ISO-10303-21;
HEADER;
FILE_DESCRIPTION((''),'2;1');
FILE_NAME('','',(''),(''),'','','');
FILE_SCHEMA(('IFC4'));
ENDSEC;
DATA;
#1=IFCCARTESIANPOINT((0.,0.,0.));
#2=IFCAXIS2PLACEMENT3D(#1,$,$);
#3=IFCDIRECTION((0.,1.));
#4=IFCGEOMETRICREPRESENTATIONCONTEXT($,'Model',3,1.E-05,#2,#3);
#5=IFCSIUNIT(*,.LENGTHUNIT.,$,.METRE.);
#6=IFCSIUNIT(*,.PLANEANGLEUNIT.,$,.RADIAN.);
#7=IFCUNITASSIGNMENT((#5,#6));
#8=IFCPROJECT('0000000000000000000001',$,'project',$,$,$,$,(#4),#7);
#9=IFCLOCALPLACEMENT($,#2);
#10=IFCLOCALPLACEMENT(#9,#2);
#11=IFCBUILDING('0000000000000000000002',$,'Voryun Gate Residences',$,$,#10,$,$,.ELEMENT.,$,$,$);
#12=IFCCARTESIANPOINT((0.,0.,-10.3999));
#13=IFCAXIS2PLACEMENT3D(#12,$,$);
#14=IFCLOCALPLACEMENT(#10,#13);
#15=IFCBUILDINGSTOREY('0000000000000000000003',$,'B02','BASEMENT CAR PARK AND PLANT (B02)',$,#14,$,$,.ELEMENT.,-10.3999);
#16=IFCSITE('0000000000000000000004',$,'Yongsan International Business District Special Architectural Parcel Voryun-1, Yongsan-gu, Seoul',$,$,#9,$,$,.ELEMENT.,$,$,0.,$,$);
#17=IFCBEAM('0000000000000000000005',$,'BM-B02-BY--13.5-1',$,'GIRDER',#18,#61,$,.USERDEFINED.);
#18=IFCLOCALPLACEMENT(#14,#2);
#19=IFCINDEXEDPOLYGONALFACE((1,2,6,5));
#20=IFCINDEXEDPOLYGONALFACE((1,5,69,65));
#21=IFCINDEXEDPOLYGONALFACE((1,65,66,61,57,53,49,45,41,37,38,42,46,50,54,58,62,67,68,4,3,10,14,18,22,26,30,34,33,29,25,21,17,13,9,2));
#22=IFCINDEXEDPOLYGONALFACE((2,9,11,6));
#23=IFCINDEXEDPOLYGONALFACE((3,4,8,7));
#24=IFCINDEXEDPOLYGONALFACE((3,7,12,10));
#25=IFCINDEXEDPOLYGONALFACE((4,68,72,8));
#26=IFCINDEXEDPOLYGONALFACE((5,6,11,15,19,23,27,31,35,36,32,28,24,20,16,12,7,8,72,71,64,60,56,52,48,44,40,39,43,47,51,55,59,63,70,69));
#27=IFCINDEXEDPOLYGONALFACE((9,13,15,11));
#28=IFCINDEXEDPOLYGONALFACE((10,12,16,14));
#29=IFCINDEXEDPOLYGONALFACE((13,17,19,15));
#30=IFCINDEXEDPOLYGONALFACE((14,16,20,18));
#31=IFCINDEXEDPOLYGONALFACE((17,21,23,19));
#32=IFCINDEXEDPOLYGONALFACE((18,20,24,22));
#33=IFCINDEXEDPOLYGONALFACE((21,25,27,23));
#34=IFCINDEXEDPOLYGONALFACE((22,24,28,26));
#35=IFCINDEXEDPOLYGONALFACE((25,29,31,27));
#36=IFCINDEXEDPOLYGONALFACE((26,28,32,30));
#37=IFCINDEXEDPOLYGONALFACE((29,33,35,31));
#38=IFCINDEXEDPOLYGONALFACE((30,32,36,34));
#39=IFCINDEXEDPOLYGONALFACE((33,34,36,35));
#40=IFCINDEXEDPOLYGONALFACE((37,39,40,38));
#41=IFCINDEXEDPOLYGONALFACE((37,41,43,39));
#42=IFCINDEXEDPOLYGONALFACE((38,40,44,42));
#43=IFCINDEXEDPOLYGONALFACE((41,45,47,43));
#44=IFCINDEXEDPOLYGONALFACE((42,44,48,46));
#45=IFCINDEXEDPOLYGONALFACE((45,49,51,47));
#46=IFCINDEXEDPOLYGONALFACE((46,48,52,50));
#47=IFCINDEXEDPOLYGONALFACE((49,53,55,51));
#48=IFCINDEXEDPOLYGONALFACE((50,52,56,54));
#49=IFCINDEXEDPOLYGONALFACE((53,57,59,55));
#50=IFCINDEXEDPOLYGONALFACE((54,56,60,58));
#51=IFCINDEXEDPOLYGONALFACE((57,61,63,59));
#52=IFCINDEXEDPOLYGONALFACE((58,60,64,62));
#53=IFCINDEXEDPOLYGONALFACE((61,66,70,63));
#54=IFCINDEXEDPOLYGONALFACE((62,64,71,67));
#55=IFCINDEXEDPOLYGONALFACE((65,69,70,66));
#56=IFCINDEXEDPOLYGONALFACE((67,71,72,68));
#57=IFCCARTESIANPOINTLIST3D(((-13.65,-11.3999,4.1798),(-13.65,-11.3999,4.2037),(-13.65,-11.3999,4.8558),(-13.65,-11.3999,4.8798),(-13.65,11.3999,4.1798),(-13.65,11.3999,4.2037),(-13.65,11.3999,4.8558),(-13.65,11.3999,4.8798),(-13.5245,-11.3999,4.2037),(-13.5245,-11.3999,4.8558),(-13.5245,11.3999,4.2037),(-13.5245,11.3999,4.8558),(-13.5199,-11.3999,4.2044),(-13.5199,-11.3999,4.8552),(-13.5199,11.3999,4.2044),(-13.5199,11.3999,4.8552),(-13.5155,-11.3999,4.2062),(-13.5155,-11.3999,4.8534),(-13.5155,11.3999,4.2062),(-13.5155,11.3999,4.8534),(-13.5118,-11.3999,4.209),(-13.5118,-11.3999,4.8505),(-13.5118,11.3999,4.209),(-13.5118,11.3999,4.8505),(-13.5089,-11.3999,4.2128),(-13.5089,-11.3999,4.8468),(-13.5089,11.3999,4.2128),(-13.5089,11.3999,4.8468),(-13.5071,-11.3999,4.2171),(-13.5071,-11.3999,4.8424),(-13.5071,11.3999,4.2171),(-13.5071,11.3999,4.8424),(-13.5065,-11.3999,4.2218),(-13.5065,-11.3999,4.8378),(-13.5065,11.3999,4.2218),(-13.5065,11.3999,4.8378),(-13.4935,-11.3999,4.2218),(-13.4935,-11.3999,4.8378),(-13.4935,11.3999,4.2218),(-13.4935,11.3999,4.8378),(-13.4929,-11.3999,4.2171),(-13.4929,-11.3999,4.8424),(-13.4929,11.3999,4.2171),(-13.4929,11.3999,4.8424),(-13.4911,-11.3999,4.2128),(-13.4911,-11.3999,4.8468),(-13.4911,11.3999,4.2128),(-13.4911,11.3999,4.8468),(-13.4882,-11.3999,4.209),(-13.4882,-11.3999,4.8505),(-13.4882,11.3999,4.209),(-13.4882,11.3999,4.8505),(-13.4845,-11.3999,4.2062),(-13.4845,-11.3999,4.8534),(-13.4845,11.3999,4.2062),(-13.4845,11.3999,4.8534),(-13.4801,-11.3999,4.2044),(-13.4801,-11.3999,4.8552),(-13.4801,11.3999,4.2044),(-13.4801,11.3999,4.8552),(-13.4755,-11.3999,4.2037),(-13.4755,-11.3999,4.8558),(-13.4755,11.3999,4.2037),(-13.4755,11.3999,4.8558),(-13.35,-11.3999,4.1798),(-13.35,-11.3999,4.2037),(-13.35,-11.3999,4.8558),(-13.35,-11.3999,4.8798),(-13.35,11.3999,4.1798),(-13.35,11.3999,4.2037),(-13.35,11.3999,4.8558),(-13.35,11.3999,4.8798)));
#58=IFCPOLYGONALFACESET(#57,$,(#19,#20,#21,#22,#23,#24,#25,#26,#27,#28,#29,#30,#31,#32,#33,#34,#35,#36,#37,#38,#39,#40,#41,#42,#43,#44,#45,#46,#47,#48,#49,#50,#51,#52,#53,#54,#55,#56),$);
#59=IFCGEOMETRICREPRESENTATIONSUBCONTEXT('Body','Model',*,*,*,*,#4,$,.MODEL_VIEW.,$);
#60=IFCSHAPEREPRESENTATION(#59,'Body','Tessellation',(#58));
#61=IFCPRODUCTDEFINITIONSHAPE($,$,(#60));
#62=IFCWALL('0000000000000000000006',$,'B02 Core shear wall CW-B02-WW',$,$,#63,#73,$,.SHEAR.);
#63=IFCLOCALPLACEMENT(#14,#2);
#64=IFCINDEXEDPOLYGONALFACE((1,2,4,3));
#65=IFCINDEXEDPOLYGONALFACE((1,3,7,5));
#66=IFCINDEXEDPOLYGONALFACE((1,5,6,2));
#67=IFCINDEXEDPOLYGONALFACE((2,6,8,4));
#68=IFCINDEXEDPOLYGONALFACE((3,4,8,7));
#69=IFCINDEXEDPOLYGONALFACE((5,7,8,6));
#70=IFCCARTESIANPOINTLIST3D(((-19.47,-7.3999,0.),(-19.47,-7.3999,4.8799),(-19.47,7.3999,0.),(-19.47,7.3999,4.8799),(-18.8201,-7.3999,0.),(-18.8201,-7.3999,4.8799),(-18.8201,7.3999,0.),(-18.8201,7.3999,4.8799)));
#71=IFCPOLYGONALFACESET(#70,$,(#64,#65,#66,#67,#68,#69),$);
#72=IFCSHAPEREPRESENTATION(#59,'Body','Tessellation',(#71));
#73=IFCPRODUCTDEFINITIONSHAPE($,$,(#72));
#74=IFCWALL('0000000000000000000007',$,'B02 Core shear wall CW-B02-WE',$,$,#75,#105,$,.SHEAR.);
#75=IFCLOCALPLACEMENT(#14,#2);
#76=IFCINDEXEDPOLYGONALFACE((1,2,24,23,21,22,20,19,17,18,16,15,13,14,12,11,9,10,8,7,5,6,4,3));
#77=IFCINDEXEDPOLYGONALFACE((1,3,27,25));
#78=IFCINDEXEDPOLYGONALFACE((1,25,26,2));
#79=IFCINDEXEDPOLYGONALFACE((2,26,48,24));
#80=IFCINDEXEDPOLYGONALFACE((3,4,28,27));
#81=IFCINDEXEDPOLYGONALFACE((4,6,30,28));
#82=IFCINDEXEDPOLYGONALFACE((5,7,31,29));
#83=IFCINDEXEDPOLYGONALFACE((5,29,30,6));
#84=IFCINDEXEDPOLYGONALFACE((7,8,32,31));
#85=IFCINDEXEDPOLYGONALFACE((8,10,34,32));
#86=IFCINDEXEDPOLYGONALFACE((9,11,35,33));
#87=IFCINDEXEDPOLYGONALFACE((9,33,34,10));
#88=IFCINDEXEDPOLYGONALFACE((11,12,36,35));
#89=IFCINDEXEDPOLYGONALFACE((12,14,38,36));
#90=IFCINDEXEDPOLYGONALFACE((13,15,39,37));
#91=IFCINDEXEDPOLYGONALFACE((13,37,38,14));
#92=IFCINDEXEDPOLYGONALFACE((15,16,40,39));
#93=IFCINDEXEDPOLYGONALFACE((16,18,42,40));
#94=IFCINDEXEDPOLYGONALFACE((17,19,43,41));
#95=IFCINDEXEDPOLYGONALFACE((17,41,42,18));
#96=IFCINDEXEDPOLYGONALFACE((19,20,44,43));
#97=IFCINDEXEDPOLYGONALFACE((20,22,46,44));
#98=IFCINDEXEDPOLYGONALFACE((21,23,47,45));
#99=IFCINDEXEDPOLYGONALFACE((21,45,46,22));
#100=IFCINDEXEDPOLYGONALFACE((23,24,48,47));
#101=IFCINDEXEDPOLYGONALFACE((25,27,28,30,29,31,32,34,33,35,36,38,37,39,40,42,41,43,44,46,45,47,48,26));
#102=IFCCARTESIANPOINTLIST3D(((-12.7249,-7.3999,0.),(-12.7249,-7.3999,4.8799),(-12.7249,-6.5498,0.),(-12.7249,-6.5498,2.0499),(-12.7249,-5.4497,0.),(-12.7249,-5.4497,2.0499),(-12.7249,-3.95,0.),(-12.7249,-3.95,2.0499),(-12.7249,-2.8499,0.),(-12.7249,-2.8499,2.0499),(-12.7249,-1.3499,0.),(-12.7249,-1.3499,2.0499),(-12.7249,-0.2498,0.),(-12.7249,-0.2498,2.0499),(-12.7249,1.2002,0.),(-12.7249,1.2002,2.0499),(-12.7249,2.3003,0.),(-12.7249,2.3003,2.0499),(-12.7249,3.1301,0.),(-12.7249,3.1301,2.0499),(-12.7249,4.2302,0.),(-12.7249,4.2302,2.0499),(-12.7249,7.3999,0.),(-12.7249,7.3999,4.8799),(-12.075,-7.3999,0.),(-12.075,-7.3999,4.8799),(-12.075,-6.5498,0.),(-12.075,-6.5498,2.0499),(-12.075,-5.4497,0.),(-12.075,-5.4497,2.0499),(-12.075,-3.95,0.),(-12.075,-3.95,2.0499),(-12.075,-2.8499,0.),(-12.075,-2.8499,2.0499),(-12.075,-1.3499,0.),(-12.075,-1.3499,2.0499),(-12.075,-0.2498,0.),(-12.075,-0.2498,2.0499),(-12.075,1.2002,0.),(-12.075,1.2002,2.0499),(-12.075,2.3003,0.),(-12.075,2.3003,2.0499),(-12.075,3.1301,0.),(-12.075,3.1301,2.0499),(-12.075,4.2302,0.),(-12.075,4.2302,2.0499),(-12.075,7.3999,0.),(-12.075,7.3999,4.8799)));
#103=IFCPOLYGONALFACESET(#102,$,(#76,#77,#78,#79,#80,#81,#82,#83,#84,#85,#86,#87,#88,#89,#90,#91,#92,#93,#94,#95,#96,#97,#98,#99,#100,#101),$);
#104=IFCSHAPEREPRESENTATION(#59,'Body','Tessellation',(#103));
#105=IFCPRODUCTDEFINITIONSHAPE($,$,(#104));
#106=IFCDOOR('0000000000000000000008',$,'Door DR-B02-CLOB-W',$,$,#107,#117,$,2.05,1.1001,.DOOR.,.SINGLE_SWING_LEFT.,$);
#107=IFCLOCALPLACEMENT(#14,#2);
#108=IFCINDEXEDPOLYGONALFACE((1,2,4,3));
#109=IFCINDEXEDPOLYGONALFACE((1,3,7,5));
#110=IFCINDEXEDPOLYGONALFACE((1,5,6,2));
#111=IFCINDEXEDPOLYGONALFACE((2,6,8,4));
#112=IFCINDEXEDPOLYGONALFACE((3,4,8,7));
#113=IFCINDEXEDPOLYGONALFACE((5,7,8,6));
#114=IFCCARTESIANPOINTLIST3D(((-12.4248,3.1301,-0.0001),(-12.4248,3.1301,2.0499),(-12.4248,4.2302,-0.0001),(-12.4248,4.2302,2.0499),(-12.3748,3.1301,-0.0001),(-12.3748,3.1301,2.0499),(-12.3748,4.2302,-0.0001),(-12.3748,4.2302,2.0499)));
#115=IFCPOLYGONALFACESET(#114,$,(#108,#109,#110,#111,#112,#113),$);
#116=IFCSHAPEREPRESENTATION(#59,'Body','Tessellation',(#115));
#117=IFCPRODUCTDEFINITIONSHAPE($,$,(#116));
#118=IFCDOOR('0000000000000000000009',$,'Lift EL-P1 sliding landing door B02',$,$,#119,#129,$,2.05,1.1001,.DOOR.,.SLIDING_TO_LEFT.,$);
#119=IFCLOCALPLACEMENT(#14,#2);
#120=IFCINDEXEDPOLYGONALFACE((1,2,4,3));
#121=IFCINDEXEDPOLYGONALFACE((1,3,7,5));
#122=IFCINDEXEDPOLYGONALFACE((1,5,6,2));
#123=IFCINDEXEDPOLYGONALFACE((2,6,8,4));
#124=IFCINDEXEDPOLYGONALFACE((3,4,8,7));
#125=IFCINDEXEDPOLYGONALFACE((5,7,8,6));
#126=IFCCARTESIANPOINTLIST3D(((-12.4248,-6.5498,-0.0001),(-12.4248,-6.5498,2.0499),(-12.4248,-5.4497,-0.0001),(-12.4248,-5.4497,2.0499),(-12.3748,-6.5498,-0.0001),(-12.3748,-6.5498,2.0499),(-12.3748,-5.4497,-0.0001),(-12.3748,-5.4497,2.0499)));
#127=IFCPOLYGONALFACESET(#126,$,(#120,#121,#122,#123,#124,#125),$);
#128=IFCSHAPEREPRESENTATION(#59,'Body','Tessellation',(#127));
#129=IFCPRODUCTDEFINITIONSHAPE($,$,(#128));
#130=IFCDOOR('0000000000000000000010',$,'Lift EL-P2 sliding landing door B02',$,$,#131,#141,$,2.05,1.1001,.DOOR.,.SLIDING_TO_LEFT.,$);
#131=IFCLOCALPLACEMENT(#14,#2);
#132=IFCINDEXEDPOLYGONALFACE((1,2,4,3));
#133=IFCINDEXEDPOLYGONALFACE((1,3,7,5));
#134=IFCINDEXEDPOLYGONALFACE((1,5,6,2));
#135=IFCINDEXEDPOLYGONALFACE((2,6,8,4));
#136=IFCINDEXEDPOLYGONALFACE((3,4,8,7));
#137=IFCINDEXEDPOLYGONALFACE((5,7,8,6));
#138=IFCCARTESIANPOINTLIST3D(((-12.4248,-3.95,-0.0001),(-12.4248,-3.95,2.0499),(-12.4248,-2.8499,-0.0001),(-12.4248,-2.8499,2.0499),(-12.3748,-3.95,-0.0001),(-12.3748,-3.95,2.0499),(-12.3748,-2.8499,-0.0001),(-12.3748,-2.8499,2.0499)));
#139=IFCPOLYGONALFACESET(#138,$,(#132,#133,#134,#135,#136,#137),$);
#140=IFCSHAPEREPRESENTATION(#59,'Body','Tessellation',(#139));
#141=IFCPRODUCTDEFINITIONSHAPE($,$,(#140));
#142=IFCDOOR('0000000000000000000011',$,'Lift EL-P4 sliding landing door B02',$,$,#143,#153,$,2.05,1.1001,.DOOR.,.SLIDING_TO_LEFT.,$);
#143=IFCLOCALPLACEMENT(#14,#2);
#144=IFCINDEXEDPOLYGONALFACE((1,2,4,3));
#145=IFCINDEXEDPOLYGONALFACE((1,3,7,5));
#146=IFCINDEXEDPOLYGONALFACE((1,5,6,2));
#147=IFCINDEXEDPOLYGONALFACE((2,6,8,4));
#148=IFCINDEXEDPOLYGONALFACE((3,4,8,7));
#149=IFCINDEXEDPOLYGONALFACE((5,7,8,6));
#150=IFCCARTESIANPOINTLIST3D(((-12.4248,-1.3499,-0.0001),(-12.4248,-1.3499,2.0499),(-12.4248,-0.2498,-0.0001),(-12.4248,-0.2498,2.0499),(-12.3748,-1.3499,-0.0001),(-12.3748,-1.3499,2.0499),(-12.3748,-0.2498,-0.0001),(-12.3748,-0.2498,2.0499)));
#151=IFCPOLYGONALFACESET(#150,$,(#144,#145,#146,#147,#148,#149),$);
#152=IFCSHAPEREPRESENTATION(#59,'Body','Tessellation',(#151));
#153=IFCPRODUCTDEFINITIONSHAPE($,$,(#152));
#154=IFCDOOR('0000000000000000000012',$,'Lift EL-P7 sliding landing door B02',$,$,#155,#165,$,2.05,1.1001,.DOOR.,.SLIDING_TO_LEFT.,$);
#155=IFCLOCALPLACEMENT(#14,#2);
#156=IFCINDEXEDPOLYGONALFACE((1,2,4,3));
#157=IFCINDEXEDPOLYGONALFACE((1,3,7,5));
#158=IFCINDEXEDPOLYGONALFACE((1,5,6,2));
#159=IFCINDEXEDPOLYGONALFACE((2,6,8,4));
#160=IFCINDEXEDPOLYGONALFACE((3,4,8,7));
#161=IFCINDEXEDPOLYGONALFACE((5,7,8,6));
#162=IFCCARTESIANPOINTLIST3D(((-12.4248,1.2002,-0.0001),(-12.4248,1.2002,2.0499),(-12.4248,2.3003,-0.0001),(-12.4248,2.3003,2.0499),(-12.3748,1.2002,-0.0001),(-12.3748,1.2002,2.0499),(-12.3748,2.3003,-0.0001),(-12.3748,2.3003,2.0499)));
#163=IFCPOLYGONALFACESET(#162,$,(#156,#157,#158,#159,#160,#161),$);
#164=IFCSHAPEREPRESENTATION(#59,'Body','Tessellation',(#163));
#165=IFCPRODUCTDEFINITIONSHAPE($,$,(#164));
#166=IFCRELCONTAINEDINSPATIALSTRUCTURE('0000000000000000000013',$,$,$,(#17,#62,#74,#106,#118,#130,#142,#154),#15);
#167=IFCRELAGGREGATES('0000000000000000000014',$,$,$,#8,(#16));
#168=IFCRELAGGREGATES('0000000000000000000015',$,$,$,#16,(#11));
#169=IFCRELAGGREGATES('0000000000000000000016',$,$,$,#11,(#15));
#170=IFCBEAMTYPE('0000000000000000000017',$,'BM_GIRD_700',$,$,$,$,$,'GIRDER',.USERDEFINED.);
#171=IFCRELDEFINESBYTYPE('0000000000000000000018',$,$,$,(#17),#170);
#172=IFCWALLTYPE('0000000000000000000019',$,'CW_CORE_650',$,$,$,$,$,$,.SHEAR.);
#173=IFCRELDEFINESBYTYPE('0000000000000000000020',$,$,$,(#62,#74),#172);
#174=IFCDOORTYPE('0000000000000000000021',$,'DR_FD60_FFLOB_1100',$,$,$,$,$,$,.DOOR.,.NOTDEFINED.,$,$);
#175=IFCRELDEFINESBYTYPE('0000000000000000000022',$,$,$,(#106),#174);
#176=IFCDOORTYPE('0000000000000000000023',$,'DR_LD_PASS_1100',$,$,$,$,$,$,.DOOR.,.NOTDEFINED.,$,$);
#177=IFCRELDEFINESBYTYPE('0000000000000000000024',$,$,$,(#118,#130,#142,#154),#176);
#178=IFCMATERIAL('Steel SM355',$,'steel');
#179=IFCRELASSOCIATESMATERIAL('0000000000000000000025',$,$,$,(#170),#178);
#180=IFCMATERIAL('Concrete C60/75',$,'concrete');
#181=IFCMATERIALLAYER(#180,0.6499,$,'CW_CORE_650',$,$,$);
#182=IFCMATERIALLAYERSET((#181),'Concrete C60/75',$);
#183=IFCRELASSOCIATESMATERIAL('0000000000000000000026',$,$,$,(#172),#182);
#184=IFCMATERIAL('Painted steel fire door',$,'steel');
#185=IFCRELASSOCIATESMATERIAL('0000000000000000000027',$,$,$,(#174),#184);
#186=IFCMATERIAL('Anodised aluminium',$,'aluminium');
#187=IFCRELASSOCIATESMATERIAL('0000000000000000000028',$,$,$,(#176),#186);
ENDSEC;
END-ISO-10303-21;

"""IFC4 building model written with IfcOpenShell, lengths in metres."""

from ifc_helpers import new_model, si_unit, direction, frame, frame_2d, origin, origin_2d, place, context, subcontext, project, spatial, rectangle, i_section, extrude, material, layer, layer_set, material_profile, profile_set, type_object, element, fill, save


model = new_model("IFC4")

# Units and contexts
model_context = context("Model", 3, precision=1e-05, world=origin(), true_north=direction((0.0, 1.0)))
body_context = subcontext(model_context, "Body", "Model", "MODEL_VIEW")
ifc_project = project(units=[si_unit("LENGTHUNIT", "METRE"), si_unit("PLANEANGLEUNIT", "RADIAN")], contexts=[model_context])

# Site, building, storey
site_placement = place(None, origin())
site = spatial("IfcSite", under=ifc_project, at=site_placement, Name="Yongsan International Business District Special Architectural Parcel Voryun-1, Yongsan-gu, Seoul", CompositionType="ELEMENT", RefElevation=0.0)
building_placement = place(site_placement, origin())
building = spatial("IfcBuilding", under=site, at=building_placement, Name="Voryun Gate Residences", CompositionType="ELEMENT")
storey_placement = place(building_placement, frame((0.0, 0.0, -10.3999)))
storey = spatial("IfcBuildingStorey", under=building, at=storey_placement, Name="B02", Description="BASEMENT CAR PARK AND PLANT (B02)", CompositionType="ELEMENT", Elevation=-10.3999)

# Beam
ifc_material_1 = material(Name="Steel SM355", Category="steel")
ifc_material_profile_1 = material_profile(ifc_material_1, i_section(OverallWidth=0.3, OverallDepth=0.7, WebThickness=0.0129, FlangeThickness=0.0239, FilletRadius=0.0181, at=origin_2d()), Name="H-700x300x13x24")
ifc_profile_set_1 = profile_set([ifc_material_profile_1], Name="Steel SM355")
beam_type_1 = type_object("IfcBeamType", Name="BM_GIRD_700", ElementType="GIRDER", PredefinedType="USERDEFINED", material=ifc_profile_set_1)
beam_1_placement = place(storey_placement, frame((-13.5, -11.3999, 4.5298), z_axis=(0.0, 1.0, 0.0), x_axis=(-1.0, 0.0, 0.0)))
element("IfcBeam", 1, at=beam_1_placement, inside=storey, type_object=beam_type_1, Name="BM-B02-BY--13.5-1", ObjectType="GIRDER", PredefinedType="USERDEFINED", context=body_context, shape_type="SweptSolid", body=[
    extrude(i_section(OverallWidth=0.3, OverallDepth=0.7, WebThickness=0.0129, FlangeThickness=0.0239, FilletRadius=0.0181, at=origin_2d()), origin(), (0.0, 0.0, 1.0), 22.7998),
])

# Wall
ifc_material_2 = material(Name="Concrete C60/75", Category="concrete")
ifc_layer = layer(ifc_material_2, 0.6499, Name="CW_CORE_650")
ifc_layer_set = layer_set([ifc_layer], Name="Concrete C60/75")
wall_type = type_object("IfcWallType", Name="CW_CORE_650", PredefinedType="SHEAR", material=ifc_layer_set)
wall_1_placement = place(storey_placement, frame((-19.145, -7.3999, 0.0), z_axis=(0.0, 0.0, 1.0), x_axis=(0.0, 1.0, 0.0)))
element("IfcWall", 2, at=wall_1_placement, inside=storey, type_object=wall_type, Name="B02 Core shear wall CW-B02-WW", PredefinedType="SHEAR", context=body_context, shape_type="SweptSolid", body=[
    extrude(rectangle(XDim=14.7998, YDim=0.6499, at=frame_2d((7.3999, 0.0))), origin(), (0.0, 0.0, 1.0), 4.8799),
])

# Wall, openings, doors
wall_2_placement = place(storey_placement, frame((-12.3999, -7.3999, 0.0), z_axis=(0.0, 0.0, 1.0), x_axis=(0.0, 1.0, 0.0)))
wall_2 = element("IfcWall", 3, at=wall_2_placement, inside=storey, type_object=wall_type, Name="B02 Core shear wall CW-B02-WE", PredefinedType="SHEAR", context=body_context, shape_type="SweptSolid", body=[
    extrude(rectangle(XDim=14.7998, YDim=0.6499, at=frame_2d((7.3999, 0.0))), origin(), (0.0, 0.0, 1.0), 4.8799),
])
opening_1_placement = place(wall_2_placement, frame((0.8501, 0.0, 0.0)))
opening_1 = element("IfcOpeningElement", 4, at=opening_1_placement, cuts=wall_2, PredefinedType="OPENING", context=body_context, shape_type="SweptSolid", body=[
    extrude(rectangle(XDim=1.1001, YDim=2.05, at=frame_2d((0.55, 1.0249))), frame((0.0, 0.335, 0.0), z_axis=(0.0, -1.0, 0.0), x_axis=(1.0, 0.0, 0.0)), (0.0, 0.0, 1.0), 0.6699),
])
opening_2_placement = place(wall_2_placement, frame((3.45, 0.0, 0.0)))
opening_2 = element("IfcOpeningElement", 5, at=opening_2_placement, cuts=wall_2, PredefinedType="OPENING", context=body_context, shape_type="SweptSolid", body=[
    extrude(rectangle(XDim=1.1001, YDim=2.05, at=frame_2d((0.55, 1.0249))), frame((0.0, 0.335, 0.0), z_axis=(0.0, -1.0, 0.0), x_axis=(1.0, 0.0, 0.0)), (0.0, 0.0, 1.0), 0.6699),
])
opening_3_placement = place(wall_2_placement, frame((6.05, 0.0, 0.0)))
opening_3 = element("IfcOpeningElement", 6, at=opening_3_placement, cuts=wall_2, PredefinedType="OPENING", context=body_context, shape_type="SweptSolid", body=[
    extrude(rectangle(XDim=1.1001, YDim=2.05, at=frame_2d((0.55, 1.0249))), frame((0.0, 0.335, 0.0), z_axis=(0.0, -1.0, 0.0), x_axis=(1.0, 0.0, 0.0)), (0.0, 0.0, 1.0), 0.6699),
])
opening_4_placement = place(wall_2_placement, frame((8.6001, 0.0, 0.0)))
opening_4 = element("IfcOpeningElement", 7, at=opening_4_placement, cuts=wall_2, PredefinedType="OPENING", context=body_context, shape_type="SweptSolid", body=[
    extrude(rectangle(XDim=1.1001, YDim=2.05, at=frame_2d((0.55, 1.0249))), frame((0.0, 0.335, 0.0), z_axis=(0.0, -1.0, 0.0), x_axis=(1.0, 0.0, 0.0)), (0.0, 0.0, 1.0), 0.6699),
])
opening_5_placement = place(wall_2_placement, frame((10.53, 0.0, 0.0)))
opening_5 = element("IfcOpeningElement", 8, at=opening_5_placement, cuts=wall_2, PredefinedType="OPENING", context=body_context, shape_type="SweptSolid", body=[
    extrude(rectangle(XDim=1.1001, YDim=2.05, at=frame_2d((0.55, 1.0249))), frame((0.0, 0.335, 0.0), z_axis=(0.0, -1.0, 0.0), x_axis=(1.0, 0.0, 0.0)), (0.0, 0.0, 1.0), 0.6699),
])
ifc_material_3 = material(Name="Painted steel fire door", Category="steel")
door_type_1 = type_object("IfcDoorType", Name="DR_FD60_FFLOB_1100", OperationType="NOTDEFINED", PredefinedType="DOOR", material=ifc_material_3)
door_1_placement = place(opening_5_placement, origin())
door_1 = element("IfcDoor", 9, at=door_1_placement, inside=storey, type_object=door_type_1, Name="Door DR-B02-CLOB-W", OperationType="SINGLE_SWING_LEFT", OverallHeight=2.05, OverallWidth=1.1001, PredefinedType="DOOR", context=body_context, shape_type="SweptSolid", body=[
    extrude(rectangle(XDim=1.1001, YDim=2.05, at=frame_2d((0.55, 1.0249))), frame((0.0, 0.0249, 0.0), z_axis=(0.0, -1.0, 0.0), x_axis=(1.0, 0.0, 0.0)), (0.0, 0.0, 1.0), 0.05),
])
fill(opening_5, door_1)
ifc_material_4 = material(Name="Anodised aluminium", Category="aluminium")
door_type_2 = type_object("IfcDoorType", Name="DR_LD_PASS_1100", OperationType="NOTDEFINED", PredefinedType="DOOR", material=ifc_material_4)
door_2_placement = place(opening_1_placement, origin())
door_2 = element("IfcDoor", 10, at=door_2_placement, inside=storey, type_object=door_type_2, Name="Lift EL-P1 sliding landing door B02", OperationType="SLIDING_TO_LEFT", OverallHeight=2.05, OverallWidth=1.1001, PredefinedType="DOOR", context=body_context, shape_type="SweptSolid", body=[
    extrude(rectangle(XDim=1.1001, YDim=2.05, at=frame_2d((0.55, 1.0249))), frame((0.0, 0.0249, 0.0), z_axis=(0.0, -1.0, 0.0), x_axis=(1.0, 0.0, 0.0)), (0.0, 0.0, 1.0), 0.05),
])
fill(opening_1, door_2)
door_3_placement = place(opening_2_placement, origin())
door_3 = element("IfcDoor", 11, at=door_3_placement, inside=storey, type_object=door_type_2, Name="Lift EL-P2 sliding landing door B02", OperationType="SLIDING_TO_LEFT", OverallHeight=2.05, OverallWidth=1.1001, PredefinedType="DOOR", context=body_context, shape_type="SweptSolid", body=[
    extrude(rectangle(XDim=1.1001, YDim=2.05, at=frame_2d((0.55, 1.0249))), frame((0.0, 0.0249, 0.0), z_axis=(0.0, -1.0, 0.0), x_axis=(1.0, 0.0, 0.0)), (0.0, 0.0, 1.0), 0.05),
])
fill(opening_2, door_3)
door_4_placement = place(opening_3_placement, origin())
door_4 = element("IfcDoor", 12, at=door_4_placement, inside=storey, type_object=door_type_2, Name="Lift EL-P4 sliding landing door B02", OperationType="SLIDING_TO_LEFT", OverallHeight=2.05, OverallWidth=1.1001, PredefinedType="DOOR", context=body_context, shape_type="SweptSolid", body=[
    extrude(rectangle(XDim=1.1001, YDim=2.05, at=frame_2d((0.55, 1.0249))), frame((0.0, 0.0249, 0.0), z_axis=(0.0, -1.0, 0.0), x_axis=(1.0, 0.0, 0.0)), (0.0, 0.0, 1.0), 0.05),
])
fill(opening_3, door_4)
door_5_placement = place(opening_4_placement, origin())
door_5 = element("IfcDoor", 13, at=door_5_placement, inside=storey, type_object=door_type_2, Name="Lift EL-P7 sliding landing door B02", OperationType="SLIDING_TO_LEFT", OverallHeight=2.05, OverallWidth=1.1001, PredefinedType="DOOR", context=body_context, shape_type="SweptSolid", body=[
    extrude(rectangle(XDim=1.1001, YDim=2.05, at=frame_2d((0.55, 1.0249))), frame((0.0, 0.0249, 0.0), z_axis=(0.0, -1.0, 0.0), x_axis=(1.0, 0.0, 0.0)), (0.0, 0.0, 1.0), 0.05),
])
fill(opening_4, door_5)

save(model, "model.ifc")
